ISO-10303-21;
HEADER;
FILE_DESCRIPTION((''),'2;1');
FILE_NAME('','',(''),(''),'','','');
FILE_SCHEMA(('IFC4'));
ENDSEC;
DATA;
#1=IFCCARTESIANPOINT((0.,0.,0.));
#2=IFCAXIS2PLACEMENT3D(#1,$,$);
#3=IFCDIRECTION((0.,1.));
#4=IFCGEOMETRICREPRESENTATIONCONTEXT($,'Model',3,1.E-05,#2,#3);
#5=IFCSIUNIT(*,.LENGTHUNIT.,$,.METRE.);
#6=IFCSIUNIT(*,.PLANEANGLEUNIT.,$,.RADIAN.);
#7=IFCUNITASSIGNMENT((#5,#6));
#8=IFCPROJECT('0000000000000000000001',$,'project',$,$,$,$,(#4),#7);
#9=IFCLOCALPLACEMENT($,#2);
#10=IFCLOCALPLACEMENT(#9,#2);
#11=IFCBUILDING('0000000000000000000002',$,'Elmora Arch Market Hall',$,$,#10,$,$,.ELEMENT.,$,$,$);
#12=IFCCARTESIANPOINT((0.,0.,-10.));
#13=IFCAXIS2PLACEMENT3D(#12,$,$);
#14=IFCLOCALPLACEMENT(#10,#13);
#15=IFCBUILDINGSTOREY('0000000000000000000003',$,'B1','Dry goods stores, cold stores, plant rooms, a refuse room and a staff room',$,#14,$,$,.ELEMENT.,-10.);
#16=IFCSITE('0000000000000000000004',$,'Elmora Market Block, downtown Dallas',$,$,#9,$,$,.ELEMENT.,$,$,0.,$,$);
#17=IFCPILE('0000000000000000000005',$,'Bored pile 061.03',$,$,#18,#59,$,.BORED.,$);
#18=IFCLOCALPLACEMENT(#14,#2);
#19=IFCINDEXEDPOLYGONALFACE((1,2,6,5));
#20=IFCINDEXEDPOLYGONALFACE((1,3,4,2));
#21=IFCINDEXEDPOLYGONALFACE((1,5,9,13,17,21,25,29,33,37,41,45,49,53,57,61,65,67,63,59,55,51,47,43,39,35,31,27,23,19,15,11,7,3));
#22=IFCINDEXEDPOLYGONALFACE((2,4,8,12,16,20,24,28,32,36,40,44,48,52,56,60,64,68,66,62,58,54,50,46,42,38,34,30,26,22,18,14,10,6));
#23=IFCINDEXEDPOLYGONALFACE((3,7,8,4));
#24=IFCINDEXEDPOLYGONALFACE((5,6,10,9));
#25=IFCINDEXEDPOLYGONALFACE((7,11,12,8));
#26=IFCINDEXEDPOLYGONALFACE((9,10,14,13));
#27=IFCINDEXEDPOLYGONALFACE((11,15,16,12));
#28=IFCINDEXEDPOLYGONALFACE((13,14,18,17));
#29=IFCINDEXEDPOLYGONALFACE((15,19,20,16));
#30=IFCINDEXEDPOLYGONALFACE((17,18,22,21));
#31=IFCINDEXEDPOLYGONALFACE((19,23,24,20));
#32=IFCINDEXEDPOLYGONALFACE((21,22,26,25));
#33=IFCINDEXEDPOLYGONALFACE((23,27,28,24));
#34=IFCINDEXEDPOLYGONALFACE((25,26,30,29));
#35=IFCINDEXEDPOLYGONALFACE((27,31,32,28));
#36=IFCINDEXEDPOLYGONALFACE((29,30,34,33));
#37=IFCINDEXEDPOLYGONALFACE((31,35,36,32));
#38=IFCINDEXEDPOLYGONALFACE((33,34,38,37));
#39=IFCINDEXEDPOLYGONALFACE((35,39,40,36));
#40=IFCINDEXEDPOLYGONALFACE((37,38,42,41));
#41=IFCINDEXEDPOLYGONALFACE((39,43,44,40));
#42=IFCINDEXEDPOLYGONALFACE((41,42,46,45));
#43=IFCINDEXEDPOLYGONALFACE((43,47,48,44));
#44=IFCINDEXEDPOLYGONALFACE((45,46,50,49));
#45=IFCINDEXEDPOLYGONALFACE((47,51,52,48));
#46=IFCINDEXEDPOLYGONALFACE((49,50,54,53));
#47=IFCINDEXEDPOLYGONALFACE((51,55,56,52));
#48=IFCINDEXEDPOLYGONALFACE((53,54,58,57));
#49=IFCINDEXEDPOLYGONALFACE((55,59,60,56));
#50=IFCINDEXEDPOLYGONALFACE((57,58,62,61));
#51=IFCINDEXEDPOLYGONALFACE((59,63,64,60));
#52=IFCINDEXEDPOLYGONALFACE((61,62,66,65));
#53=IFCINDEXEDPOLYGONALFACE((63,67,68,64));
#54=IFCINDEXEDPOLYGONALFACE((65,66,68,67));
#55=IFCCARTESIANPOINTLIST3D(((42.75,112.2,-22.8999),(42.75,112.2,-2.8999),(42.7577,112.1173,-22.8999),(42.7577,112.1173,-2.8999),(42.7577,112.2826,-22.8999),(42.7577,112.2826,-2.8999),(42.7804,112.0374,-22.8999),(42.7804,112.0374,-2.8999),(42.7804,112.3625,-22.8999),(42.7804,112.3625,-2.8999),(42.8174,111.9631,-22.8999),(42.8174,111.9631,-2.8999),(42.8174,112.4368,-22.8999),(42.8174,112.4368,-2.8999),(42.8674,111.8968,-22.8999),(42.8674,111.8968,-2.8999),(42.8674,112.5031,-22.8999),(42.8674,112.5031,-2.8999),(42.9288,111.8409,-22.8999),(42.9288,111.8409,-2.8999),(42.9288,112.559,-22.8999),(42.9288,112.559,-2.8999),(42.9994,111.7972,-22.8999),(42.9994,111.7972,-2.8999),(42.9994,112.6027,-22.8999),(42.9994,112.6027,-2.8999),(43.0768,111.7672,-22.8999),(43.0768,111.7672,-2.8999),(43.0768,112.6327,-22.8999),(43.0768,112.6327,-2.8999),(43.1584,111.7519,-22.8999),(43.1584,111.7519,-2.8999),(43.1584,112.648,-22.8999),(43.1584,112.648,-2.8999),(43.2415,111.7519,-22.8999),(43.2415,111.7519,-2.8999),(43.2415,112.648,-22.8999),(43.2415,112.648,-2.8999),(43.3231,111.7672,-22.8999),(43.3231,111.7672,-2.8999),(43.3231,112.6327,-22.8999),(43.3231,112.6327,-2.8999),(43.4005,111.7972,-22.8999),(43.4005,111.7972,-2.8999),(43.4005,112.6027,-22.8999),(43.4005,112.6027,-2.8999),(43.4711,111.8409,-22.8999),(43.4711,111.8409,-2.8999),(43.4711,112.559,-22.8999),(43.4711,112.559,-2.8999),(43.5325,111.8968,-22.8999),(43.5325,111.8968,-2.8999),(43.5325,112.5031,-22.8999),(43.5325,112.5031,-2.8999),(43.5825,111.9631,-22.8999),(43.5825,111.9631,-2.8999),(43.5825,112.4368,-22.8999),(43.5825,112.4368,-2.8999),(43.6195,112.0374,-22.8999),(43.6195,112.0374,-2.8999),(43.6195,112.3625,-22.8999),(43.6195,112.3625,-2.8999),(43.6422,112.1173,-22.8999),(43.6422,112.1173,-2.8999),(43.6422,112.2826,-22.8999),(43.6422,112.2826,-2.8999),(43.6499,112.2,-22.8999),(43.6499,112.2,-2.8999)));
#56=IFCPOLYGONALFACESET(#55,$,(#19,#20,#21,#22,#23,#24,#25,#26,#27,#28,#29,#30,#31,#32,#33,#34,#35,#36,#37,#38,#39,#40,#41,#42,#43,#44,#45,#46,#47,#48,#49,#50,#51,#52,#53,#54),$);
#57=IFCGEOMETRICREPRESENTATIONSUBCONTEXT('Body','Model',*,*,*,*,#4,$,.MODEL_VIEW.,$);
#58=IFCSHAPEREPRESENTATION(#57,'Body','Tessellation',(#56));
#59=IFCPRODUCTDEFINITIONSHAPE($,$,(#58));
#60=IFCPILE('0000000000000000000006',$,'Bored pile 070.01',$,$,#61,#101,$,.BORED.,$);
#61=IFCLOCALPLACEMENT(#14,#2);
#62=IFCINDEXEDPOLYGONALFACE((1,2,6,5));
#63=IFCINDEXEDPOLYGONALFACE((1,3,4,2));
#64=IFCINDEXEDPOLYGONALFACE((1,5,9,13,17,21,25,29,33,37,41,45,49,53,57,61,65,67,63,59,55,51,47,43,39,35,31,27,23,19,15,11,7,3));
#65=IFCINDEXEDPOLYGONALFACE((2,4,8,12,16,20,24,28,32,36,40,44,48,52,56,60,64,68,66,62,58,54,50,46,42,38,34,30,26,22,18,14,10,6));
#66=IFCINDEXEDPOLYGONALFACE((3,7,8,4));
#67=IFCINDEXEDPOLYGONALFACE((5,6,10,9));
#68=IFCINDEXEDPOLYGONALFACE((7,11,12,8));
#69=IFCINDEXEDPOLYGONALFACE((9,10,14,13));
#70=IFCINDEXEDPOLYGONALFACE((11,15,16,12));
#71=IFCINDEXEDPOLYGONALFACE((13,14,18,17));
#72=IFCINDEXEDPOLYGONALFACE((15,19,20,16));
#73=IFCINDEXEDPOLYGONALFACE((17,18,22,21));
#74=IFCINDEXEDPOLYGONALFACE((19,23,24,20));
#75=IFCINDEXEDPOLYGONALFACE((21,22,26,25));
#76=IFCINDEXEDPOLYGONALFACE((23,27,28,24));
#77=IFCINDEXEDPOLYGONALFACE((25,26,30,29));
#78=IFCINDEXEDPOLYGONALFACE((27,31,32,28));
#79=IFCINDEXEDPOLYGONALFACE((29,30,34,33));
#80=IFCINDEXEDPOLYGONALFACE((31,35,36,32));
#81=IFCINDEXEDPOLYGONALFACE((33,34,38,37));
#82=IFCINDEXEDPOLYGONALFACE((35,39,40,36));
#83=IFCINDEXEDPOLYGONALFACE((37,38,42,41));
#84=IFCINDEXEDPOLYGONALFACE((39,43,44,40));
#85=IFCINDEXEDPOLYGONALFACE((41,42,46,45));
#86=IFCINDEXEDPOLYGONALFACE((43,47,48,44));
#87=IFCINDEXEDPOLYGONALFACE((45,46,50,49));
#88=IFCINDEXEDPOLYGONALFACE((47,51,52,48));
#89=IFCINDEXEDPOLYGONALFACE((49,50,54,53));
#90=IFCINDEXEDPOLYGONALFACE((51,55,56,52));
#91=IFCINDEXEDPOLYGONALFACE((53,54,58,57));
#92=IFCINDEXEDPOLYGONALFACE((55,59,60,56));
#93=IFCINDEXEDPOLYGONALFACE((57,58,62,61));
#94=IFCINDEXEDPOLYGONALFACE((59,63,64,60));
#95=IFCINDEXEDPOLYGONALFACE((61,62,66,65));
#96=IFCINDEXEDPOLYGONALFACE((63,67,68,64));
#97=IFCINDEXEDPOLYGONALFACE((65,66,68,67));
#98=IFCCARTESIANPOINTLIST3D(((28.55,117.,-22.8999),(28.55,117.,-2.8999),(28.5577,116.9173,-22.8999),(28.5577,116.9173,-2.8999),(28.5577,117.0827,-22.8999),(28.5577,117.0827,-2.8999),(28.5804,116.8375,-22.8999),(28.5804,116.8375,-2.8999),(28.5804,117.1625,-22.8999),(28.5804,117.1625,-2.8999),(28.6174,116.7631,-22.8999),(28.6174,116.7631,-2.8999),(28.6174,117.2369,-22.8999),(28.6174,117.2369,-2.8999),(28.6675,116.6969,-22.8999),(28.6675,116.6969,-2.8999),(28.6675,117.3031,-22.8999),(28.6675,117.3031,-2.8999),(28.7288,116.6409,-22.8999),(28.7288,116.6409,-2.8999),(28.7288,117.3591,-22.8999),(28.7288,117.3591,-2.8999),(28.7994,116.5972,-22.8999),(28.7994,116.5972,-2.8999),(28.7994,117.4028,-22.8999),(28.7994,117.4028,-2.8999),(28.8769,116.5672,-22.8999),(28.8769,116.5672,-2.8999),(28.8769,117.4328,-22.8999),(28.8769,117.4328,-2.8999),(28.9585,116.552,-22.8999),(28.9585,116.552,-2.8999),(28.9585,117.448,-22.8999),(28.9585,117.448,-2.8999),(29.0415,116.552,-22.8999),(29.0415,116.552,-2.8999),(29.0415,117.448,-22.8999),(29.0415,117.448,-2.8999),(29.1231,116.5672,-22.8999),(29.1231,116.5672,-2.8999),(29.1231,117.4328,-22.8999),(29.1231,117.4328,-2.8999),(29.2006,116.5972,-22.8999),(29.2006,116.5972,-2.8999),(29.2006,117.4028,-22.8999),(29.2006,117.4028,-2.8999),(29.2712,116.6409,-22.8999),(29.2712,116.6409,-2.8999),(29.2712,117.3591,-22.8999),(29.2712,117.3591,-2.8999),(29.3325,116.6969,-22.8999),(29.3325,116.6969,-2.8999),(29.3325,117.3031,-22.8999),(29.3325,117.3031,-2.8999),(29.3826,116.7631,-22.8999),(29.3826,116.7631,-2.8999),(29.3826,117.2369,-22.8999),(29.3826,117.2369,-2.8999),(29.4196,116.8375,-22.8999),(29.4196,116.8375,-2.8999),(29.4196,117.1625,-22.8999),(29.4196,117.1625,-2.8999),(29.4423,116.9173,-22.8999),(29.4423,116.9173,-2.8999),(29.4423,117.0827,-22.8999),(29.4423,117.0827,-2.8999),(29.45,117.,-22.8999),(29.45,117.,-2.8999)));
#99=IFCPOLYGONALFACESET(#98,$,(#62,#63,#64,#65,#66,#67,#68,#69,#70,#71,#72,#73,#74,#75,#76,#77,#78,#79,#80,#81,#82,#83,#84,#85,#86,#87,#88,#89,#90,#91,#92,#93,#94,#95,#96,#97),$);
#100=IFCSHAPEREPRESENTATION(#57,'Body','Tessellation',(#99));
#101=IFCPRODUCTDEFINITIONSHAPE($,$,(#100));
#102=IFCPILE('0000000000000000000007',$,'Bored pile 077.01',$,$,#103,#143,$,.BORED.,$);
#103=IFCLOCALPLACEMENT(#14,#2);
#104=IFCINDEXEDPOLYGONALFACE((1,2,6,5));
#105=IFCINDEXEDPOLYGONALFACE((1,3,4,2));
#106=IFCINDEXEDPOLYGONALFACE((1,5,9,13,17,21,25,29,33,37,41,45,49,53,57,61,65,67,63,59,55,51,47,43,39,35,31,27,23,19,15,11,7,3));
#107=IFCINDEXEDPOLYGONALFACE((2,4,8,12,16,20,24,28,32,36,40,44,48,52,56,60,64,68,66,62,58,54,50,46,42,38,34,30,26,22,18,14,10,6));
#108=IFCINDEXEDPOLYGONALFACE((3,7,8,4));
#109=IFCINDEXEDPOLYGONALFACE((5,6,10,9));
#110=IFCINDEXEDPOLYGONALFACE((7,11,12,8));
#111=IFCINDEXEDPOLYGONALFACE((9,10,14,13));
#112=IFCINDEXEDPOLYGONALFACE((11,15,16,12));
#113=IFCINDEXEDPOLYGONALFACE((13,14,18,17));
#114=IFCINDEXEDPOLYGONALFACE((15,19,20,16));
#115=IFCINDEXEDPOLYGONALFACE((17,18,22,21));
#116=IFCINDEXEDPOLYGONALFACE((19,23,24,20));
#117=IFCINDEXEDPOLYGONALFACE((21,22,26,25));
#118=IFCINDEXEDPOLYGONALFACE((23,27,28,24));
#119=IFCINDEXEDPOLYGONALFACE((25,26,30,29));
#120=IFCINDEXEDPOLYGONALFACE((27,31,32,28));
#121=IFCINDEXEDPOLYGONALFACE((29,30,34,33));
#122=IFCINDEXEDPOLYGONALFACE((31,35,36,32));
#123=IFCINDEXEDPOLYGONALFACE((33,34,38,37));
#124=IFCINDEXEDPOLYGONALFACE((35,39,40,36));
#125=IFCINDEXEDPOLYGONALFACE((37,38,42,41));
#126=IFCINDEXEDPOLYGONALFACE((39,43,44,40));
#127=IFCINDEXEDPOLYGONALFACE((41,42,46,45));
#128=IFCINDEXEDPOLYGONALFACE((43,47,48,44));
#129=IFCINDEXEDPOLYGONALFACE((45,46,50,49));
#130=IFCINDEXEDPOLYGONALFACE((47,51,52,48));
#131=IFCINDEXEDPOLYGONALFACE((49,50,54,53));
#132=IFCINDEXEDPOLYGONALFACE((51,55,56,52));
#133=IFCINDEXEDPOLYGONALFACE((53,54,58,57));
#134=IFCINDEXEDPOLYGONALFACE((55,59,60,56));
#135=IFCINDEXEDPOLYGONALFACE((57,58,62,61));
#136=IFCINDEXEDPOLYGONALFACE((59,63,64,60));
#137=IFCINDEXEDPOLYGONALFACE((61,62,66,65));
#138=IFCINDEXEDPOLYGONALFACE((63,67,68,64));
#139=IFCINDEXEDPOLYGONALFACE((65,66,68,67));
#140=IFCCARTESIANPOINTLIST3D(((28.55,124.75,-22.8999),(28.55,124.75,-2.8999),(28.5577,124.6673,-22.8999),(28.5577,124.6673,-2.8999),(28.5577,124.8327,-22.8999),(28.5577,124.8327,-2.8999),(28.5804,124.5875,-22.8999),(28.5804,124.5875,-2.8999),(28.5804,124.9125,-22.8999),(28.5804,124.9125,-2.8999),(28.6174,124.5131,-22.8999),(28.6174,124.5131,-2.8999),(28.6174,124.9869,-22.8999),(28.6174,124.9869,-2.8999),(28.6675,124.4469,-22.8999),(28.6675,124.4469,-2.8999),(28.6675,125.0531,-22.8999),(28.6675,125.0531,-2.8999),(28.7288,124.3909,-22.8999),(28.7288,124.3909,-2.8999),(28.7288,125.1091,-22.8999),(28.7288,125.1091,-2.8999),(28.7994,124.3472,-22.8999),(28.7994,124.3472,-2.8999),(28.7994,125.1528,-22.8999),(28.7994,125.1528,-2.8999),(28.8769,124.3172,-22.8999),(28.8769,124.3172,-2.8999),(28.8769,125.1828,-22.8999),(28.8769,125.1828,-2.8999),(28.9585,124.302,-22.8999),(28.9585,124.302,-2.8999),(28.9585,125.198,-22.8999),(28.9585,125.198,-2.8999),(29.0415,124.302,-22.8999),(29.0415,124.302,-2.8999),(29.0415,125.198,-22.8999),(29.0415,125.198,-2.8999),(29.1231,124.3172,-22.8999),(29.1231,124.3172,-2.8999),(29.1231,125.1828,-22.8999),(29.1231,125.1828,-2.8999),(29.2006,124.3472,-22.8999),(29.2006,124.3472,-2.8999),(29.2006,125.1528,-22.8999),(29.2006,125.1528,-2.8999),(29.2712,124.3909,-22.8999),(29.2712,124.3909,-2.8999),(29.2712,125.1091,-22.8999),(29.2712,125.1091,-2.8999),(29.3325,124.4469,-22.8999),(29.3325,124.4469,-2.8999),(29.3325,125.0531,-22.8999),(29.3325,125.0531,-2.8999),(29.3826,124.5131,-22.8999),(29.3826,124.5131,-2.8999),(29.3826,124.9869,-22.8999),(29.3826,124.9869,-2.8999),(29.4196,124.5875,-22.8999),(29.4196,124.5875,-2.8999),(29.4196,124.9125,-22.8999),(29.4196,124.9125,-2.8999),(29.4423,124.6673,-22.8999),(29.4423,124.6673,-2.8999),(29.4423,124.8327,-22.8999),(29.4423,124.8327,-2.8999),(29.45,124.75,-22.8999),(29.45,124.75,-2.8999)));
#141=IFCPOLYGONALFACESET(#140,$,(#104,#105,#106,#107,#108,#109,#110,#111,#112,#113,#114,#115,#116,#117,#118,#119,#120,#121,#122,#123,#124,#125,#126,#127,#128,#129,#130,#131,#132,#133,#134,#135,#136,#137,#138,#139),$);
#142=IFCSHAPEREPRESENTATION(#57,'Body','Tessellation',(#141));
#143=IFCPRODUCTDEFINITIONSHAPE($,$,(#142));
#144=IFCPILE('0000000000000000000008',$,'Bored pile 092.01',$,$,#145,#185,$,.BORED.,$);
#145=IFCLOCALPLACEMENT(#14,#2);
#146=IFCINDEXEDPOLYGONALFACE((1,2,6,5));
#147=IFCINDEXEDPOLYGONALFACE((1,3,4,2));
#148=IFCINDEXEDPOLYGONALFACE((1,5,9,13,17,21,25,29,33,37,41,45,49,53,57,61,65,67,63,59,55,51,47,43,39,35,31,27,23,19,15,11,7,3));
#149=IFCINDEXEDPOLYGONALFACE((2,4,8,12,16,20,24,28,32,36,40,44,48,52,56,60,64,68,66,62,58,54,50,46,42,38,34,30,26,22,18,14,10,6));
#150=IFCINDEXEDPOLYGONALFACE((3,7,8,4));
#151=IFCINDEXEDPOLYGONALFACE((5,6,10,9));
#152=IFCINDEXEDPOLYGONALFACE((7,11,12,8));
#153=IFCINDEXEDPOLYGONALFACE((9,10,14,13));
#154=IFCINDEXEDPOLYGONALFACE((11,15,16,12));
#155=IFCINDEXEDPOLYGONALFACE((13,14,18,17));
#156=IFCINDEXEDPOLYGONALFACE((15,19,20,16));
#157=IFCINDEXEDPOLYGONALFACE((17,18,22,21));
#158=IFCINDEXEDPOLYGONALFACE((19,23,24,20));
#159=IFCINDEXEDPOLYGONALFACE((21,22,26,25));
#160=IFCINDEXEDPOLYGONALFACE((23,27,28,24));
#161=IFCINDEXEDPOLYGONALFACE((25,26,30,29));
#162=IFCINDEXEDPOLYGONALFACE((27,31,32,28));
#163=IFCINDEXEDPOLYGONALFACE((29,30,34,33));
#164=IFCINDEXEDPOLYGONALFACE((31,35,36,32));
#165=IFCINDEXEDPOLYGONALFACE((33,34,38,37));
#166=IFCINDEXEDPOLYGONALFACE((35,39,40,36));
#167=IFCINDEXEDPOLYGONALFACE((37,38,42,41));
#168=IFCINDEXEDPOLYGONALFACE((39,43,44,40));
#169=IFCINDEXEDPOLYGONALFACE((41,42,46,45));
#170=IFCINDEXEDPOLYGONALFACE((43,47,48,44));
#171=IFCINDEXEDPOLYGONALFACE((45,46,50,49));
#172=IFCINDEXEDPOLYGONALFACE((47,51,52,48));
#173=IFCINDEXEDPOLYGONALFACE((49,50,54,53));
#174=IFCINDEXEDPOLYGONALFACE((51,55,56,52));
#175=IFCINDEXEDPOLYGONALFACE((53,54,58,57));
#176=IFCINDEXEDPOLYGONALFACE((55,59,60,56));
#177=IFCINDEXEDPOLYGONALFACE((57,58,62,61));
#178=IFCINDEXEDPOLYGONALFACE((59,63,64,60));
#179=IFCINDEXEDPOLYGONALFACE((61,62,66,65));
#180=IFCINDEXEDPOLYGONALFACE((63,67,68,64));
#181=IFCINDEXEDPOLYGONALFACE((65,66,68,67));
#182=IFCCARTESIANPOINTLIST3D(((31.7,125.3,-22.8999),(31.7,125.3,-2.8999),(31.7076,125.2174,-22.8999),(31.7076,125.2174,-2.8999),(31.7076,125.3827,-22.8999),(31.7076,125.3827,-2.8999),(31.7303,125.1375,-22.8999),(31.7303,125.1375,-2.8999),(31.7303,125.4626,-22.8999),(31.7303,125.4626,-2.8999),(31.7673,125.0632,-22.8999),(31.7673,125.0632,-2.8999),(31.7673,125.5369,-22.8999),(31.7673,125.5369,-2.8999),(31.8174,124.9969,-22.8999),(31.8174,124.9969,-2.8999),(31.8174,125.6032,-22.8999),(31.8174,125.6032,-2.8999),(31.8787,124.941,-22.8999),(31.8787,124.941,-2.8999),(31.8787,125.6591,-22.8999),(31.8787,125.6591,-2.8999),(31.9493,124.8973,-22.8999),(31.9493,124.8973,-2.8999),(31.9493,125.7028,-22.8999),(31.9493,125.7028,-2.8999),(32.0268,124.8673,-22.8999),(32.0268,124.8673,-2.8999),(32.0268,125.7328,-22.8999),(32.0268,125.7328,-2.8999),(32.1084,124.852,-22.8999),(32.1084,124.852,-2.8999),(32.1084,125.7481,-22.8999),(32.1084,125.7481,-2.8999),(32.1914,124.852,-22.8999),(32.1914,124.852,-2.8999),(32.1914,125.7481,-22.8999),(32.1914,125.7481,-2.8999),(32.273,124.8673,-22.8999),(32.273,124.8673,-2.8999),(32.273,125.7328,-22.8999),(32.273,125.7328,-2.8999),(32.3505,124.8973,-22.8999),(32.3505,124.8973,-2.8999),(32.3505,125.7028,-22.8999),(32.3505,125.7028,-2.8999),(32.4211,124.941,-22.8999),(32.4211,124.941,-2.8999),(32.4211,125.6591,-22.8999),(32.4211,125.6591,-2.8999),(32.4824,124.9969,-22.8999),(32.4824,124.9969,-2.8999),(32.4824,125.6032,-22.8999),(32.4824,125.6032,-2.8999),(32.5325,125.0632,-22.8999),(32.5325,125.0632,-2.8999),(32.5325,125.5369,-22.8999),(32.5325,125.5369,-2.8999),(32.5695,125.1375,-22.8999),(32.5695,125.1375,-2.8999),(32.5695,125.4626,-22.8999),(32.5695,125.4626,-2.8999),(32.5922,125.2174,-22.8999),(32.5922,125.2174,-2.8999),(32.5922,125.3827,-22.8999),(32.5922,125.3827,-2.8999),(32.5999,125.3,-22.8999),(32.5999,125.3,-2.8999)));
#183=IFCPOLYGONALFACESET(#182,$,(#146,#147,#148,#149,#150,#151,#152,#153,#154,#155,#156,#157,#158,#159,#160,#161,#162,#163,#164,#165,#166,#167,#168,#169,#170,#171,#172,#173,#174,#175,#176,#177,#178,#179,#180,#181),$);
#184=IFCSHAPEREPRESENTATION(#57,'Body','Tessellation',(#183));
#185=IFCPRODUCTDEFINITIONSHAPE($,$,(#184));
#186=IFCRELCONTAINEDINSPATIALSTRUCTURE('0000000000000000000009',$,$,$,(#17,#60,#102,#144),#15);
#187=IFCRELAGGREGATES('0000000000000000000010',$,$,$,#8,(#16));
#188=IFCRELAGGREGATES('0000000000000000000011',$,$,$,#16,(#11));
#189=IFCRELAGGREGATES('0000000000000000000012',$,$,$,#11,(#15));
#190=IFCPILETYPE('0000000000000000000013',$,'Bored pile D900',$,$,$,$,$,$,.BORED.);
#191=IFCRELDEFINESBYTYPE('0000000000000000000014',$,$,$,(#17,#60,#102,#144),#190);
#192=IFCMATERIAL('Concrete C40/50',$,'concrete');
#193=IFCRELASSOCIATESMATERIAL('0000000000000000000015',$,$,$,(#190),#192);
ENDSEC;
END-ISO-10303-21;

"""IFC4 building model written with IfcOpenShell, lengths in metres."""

from ifc_helpers import new_model, si_unit, direction, frame, origin, origin_2d, place, context, subcontext, project, spatial, circle, extrude, material, material_profile, profile_set, type_object, element, save


model = new_model("IFC4")

# Units and contexts
model_context = context("Model", 3, precision=1e-05, world=origin(), true_north=direction((0.0, 1.0)))
body_context = subcontext(model_context, "Body", "Model", "MODEL_VIEW")
ifc_project = project(units=[si_unit("LENGTHUNIT", "METRE"), si_unit("PLANEANGLEUNIT", "RADIAN")], contexts=[model_context])

# Site, building, storey
site_placement = place(None, origin())
site = spatial("IfcSite", under=ifc_project, at=site_placement, Name="Elmora Market Block, downtown Dallas", CompositionType="ELEMENT", RefElevation=0.0)
building_placement = place(site_placement, origin())
building = spatial("IfcBuilding", under=site, at=building_placement, Name="Elmora Arch Market Hall", CompositionType="ELEMENT")
storey_placement = place(building_placement, frame((0.0, 0.0, -10.0)))
storey = spatial("IfcBuildingStorey", under=building, at=storey_placement, Name="B1", Description="Dry goods stores, cold stores, plant rooms, a refuse room and a staff room", CompositionType="ELEMENT", Elevation=-10.0)

# Piles
ifc_material_1 = material(Name="Concrete C40/50", Category="concrete")
ifc_material_profile_1 = material_profile(ifc_material_1, circle(Radius=0.45, at=origin_2d()), Name="Bored pile D900")
ifc_profile_set_1 = profile_set([ifc_material_profile_1], Name="Concrete C40/50")
pile_type = type_object("IfcPileType", Name="Bored pile D900", PredefinedType="BORED", material=ifc_profile_set_1)
for number, where, z_axis, x_axis, name in (
    (1, (43.2, 112.2, -2.8999), (0.0, 0.0, -1.0), (1.0, 0.0, 0.0), "Bored pile 061.03"),
    (2, (29.0, 117.0, -2.8999), (0.0, 0.0, -1.0), (1.0, 0.0, 0.0), "Bored pile 070.01"),
    (3, (29.0, 124.75, -2.8999), (0.0, 0.0, -1.0), (1.0, 0.0, 0.0), "Bored pile 077.01"),
    (4, (32.1499, 125.3, -2.8999), (0.0, 0.0, -1.0), (1.0, 0.0, 0.0), "Bored pile 092.01"),
):
    element("IfcPile", number, at=place(storey_placement, frame(where, z_axis=z_axis, x_axis=x_axis)), inside=storey, type_object=pile_type, Name=name, PredefinedType="BORED", context=body_context, shape_type="SweptSolid", body=[
        extrude(circle(Radius=0.45, at=origin_2d()), origin(), (0.0, 0.0, 1.0), 20.0),
    ])

save(model, "model.ifc")
